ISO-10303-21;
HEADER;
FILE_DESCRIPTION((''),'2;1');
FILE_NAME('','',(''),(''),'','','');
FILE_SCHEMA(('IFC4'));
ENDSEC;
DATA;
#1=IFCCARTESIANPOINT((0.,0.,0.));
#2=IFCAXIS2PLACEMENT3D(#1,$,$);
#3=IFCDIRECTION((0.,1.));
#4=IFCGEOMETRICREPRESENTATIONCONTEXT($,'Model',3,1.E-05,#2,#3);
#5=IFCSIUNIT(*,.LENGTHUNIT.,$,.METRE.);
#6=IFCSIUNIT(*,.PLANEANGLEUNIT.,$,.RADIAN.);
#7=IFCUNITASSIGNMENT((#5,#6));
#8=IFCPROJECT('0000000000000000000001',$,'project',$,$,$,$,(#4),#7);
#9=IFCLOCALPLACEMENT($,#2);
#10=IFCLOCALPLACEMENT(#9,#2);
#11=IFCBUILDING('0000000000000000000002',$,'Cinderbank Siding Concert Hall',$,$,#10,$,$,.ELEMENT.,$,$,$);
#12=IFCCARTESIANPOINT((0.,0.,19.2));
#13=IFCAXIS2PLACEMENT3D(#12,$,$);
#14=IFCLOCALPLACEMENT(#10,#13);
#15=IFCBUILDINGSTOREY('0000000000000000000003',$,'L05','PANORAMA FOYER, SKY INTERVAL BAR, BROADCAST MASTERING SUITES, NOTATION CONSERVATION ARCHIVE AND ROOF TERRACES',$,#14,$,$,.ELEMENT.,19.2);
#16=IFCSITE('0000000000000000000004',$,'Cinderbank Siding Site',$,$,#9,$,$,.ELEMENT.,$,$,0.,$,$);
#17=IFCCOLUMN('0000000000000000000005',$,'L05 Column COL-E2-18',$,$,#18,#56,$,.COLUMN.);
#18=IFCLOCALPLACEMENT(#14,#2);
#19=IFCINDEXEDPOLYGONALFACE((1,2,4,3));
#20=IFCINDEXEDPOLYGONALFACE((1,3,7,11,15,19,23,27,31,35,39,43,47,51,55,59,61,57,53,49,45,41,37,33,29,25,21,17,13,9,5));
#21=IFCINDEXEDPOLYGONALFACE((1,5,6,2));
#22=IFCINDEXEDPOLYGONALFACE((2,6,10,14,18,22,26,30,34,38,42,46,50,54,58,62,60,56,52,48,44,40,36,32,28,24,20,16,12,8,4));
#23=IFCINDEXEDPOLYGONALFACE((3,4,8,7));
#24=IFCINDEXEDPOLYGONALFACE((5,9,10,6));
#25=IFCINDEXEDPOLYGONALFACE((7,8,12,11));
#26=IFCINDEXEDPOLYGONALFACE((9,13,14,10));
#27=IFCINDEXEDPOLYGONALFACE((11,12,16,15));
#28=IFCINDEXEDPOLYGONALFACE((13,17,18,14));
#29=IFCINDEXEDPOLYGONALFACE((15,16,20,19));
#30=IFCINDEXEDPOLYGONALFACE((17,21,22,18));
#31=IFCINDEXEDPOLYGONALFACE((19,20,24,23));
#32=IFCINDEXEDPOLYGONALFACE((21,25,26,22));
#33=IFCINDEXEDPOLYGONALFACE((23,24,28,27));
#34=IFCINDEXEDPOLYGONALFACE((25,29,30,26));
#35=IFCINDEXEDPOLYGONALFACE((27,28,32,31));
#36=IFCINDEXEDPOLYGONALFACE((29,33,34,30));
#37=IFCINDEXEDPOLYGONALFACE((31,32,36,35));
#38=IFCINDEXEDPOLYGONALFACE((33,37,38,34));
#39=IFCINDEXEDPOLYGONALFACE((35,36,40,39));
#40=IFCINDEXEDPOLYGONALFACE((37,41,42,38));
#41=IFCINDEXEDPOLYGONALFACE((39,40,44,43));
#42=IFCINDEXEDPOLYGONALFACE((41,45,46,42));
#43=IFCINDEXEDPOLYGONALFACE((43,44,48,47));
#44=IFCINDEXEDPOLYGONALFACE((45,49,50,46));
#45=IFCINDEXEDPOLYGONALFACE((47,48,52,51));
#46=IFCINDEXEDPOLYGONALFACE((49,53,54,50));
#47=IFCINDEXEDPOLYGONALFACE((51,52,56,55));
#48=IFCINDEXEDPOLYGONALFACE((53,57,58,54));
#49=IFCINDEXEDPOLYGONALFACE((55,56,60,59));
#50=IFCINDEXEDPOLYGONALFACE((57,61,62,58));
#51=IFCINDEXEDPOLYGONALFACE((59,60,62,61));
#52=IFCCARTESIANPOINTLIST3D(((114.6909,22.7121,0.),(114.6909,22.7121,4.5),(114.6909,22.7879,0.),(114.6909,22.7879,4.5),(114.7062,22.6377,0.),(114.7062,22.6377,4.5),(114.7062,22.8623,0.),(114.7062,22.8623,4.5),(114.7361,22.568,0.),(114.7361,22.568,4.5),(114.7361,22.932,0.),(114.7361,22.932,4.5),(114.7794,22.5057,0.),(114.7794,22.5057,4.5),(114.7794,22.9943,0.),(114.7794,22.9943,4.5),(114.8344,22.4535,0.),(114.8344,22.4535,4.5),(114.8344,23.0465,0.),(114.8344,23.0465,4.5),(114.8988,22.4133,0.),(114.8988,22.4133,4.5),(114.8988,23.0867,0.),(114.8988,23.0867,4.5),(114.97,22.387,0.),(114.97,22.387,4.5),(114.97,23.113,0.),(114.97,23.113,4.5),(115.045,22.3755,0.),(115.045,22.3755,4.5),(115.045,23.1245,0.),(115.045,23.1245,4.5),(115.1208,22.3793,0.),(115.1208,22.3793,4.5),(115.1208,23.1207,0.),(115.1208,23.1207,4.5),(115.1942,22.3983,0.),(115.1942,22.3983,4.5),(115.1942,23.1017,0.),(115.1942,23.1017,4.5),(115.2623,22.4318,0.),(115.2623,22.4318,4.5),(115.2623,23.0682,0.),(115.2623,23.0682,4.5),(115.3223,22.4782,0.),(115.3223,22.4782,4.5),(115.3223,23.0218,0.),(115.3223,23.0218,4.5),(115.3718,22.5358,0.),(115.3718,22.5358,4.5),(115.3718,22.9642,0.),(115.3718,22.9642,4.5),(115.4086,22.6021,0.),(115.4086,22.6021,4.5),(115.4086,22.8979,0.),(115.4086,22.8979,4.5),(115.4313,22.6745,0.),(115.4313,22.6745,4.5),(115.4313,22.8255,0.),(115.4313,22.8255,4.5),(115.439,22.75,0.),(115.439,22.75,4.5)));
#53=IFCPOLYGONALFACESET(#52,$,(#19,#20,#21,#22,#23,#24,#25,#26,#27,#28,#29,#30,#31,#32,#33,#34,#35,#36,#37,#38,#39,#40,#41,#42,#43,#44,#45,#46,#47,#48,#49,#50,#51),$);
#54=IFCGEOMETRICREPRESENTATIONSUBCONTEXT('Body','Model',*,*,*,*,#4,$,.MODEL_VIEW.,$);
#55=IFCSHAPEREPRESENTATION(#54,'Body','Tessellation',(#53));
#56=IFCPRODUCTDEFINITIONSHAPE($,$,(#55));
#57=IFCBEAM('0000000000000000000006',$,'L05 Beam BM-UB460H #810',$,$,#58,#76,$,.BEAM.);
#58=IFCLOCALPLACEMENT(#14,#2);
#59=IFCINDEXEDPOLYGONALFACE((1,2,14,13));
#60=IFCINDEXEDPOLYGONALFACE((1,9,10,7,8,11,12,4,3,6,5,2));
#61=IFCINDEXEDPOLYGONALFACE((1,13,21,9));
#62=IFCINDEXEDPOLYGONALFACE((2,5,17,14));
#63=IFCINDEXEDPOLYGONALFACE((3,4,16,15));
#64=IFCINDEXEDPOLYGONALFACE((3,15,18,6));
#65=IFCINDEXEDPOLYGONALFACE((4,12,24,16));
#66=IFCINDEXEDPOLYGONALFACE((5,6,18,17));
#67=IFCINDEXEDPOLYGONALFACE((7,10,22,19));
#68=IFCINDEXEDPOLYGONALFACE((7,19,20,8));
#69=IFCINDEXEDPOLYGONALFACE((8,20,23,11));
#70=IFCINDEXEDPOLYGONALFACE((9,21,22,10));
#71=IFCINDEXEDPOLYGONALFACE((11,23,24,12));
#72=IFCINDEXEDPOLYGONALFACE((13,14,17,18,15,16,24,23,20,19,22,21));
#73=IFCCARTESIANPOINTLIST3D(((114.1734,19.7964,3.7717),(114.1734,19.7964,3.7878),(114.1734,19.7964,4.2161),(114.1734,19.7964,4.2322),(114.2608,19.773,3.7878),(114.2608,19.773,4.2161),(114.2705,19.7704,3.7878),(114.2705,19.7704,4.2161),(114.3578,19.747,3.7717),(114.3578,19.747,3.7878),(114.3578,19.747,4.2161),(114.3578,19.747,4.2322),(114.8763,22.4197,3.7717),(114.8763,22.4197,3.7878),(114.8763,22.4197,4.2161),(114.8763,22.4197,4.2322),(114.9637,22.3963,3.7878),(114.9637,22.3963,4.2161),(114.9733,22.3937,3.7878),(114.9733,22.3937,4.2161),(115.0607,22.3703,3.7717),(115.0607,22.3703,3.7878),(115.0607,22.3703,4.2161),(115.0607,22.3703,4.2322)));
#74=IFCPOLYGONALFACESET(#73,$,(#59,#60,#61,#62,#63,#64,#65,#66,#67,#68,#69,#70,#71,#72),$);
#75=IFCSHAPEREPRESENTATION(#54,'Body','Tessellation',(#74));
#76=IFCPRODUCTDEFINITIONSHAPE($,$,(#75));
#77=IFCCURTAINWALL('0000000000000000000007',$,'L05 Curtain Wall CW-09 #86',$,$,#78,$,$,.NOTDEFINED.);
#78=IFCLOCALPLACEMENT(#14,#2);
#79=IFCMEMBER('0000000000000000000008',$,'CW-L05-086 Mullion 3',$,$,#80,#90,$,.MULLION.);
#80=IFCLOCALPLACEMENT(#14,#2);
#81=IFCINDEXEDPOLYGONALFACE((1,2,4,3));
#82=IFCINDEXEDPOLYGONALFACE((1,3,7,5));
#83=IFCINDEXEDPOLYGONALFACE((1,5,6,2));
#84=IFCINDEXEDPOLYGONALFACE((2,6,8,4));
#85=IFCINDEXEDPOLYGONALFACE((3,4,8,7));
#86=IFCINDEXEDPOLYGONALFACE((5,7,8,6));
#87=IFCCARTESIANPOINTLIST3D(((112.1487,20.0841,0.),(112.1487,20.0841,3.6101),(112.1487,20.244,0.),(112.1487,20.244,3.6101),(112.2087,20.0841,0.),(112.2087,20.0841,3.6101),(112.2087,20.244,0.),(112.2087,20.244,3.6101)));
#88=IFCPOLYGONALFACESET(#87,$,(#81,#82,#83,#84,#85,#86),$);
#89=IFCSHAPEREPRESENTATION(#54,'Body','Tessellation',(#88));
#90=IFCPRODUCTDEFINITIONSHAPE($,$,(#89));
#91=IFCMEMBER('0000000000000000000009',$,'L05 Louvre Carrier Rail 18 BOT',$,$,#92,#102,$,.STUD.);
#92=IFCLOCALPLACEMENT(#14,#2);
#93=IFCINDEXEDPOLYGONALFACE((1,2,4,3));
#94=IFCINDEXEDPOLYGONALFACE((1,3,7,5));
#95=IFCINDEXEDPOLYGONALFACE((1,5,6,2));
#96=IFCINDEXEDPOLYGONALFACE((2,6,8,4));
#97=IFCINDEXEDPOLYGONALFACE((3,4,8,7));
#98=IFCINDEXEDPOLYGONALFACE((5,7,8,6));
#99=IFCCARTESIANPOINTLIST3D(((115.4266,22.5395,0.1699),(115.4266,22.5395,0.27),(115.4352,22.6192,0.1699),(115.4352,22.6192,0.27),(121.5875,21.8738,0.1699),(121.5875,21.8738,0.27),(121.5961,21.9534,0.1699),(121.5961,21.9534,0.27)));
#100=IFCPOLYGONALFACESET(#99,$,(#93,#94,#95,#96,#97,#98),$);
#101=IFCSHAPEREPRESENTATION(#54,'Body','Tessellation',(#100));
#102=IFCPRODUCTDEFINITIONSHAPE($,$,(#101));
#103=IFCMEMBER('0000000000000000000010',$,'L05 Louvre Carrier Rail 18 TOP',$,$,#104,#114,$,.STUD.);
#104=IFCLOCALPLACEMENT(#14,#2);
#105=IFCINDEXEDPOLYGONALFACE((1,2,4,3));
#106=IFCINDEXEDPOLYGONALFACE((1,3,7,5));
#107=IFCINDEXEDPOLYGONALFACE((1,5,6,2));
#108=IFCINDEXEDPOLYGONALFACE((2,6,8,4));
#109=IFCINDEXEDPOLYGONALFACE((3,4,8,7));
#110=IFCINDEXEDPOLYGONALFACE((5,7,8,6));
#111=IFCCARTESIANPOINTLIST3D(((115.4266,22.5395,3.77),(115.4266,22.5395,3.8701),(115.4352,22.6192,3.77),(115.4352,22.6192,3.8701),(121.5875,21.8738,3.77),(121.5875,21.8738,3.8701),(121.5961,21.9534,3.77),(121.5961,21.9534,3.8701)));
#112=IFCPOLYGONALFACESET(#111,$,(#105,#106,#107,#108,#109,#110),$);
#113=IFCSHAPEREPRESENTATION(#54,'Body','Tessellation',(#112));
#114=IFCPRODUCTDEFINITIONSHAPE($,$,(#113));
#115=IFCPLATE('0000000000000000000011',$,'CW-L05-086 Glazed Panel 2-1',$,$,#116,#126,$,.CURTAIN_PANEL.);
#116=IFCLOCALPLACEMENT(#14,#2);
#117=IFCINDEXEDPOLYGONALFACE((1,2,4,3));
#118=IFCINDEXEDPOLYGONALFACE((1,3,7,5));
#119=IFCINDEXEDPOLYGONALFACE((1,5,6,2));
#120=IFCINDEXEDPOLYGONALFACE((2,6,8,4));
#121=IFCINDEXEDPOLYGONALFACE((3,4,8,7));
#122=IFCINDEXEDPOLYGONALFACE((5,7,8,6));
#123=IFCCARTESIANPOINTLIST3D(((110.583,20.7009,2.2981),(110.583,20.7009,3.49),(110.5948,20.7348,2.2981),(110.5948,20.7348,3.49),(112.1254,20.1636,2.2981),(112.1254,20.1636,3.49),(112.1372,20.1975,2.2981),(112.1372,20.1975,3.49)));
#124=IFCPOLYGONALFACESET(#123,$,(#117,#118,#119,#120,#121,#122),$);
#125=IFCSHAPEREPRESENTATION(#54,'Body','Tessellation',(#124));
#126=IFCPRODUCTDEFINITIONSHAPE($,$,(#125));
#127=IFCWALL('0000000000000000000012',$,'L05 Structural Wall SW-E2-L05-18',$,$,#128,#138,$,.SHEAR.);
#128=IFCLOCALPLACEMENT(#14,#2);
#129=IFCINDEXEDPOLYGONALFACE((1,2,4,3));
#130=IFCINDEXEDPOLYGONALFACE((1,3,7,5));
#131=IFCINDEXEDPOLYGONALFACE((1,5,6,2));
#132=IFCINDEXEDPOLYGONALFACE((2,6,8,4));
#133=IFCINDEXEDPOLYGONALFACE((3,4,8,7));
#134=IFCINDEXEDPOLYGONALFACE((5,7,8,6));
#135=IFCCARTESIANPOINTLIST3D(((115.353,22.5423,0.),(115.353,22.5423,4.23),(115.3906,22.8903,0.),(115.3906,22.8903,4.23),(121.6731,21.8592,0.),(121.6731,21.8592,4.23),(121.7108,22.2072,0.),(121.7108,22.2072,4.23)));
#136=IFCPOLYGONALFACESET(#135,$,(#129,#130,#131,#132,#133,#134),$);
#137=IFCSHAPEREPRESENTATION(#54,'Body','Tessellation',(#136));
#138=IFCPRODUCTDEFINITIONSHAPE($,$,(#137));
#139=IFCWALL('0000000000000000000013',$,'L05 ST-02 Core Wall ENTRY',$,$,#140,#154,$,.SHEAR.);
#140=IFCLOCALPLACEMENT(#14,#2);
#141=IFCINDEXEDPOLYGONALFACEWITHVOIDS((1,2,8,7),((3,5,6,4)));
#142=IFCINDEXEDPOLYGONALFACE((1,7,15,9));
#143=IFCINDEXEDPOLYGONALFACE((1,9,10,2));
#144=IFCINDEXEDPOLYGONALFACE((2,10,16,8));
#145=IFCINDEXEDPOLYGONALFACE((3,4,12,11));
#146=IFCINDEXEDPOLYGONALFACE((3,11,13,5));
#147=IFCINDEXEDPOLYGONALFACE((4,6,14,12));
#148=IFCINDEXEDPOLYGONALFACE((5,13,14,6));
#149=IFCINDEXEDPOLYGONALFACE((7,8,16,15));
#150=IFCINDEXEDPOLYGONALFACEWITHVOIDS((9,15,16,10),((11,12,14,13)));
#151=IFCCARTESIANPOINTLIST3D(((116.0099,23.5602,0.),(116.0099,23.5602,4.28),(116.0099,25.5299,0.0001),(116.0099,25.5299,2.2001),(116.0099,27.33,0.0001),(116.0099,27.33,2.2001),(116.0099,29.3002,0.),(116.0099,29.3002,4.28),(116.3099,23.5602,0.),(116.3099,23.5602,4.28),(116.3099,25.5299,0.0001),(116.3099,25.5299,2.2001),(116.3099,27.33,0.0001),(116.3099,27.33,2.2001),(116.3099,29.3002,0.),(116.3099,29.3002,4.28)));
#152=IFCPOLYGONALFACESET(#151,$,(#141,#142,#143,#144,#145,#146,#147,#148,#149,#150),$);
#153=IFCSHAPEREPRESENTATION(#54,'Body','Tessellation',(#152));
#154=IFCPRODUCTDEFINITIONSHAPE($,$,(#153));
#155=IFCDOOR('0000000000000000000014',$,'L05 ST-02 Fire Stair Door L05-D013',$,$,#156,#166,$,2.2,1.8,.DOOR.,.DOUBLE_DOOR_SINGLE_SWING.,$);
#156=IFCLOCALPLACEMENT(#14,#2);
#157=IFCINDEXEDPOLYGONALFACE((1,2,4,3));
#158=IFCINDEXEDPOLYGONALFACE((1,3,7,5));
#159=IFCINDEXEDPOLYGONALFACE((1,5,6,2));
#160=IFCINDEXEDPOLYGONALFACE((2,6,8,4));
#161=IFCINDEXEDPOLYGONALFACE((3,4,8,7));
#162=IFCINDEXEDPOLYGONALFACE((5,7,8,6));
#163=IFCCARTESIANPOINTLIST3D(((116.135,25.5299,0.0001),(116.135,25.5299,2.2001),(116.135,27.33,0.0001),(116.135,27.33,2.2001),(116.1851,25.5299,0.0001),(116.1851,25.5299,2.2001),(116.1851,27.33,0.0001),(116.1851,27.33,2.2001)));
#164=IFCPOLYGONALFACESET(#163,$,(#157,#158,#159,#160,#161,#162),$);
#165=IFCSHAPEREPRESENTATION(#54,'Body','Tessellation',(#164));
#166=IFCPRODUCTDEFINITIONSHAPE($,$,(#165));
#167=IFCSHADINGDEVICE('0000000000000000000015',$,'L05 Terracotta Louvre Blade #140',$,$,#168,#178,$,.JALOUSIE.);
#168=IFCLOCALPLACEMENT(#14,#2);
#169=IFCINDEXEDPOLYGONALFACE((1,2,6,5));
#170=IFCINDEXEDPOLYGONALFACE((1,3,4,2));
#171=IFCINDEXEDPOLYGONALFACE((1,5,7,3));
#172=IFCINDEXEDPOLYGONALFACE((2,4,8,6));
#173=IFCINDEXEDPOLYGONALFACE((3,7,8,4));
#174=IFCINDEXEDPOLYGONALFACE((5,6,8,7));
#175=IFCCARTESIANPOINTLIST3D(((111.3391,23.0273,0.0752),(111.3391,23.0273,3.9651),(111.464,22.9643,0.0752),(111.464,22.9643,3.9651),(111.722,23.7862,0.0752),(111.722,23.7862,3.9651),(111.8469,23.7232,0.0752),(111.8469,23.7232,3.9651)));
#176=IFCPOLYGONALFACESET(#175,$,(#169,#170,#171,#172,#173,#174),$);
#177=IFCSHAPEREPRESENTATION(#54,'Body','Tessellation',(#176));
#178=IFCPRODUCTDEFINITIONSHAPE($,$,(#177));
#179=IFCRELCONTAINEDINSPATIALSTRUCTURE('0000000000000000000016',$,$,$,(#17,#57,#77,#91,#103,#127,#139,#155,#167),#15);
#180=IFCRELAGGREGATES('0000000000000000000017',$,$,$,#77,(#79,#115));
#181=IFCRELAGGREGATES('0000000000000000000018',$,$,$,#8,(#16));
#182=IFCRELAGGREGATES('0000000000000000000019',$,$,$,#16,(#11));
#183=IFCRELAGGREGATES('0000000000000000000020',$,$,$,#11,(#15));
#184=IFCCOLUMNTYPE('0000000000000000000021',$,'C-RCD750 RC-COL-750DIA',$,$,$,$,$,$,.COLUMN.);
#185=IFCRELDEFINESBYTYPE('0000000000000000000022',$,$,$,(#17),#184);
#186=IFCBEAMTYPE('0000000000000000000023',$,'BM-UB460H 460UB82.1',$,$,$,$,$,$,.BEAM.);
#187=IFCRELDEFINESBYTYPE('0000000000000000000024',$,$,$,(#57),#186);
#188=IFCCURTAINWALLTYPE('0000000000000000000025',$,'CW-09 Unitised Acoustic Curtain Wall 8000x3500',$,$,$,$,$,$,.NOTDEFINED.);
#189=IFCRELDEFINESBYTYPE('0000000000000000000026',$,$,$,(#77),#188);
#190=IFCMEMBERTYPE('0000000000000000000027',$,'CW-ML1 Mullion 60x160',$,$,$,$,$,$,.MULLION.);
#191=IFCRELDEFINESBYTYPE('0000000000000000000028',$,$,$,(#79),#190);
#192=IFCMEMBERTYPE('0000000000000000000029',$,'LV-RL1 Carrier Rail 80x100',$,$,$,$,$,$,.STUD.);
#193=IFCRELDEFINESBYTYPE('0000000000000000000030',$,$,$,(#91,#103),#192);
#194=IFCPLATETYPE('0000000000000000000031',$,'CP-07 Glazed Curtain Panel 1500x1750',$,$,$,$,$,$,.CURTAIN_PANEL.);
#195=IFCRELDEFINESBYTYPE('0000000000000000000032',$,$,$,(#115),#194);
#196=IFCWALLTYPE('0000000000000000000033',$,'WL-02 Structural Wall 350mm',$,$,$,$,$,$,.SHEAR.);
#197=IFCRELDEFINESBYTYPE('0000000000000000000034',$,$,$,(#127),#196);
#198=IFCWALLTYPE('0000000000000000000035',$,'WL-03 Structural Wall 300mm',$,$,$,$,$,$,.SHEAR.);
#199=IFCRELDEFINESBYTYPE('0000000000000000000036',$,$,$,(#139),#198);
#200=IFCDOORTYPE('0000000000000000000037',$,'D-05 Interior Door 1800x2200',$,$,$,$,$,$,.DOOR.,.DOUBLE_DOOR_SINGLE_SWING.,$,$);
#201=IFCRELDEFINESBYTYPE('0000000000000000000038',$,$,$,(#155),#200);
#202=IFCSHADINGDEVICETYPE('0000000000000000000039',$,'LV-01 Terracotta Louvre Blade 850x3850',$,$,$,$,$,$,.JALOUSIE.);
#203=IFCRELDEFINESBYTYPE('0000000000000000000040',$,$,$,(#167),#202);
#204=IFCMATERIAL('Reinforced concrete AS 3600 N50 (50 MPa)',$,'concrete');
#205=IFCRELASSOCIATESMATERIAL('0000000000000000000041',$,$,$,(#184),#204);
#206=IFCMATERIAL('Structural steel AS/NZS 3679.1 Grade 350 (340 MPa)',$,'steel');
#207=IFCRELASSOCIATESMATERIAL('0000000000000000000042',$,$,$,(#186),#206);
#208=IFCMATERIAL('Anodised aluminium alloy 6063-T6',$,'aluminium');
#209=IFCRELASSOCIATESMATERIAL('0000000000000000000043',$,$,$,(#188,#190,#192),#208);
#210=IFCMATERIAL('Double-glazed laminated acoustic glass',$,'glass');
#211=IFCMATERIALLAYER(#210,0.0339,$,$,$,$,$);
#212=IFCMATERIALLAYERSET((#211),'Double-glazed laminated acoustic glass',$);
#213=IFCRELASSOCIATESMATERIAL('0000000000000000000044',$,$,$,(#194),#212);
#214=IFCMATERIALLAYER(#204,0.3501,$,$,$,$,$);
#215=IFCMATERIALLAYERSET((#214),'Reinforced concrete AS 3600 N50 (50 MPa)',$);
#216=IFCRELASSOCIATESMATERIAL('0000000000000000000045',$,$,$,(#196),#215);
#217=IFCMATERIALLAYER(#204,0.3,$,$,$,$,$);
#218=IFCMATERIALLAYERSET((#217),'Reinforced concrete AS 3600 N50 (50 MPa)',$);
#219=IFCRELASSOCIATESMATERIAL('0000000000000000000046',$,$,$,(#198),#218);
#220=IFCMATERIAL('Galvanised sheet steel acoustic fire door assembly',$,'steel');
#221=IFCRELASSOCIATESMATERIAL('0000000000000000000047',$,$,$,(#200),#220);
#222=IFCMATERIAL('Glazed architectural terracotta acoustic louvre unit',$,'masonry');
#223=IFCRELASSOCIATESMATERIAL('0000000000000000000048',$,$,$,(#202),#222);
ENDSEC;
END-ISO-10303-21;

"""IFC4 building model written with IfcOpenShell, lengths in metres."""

from ifc_helpers import new_model, si_unit, direction, frame, frame_2d, origin, origin_2d, place, context, subcontext, project, spatial, rectangle, circle, i_section, extrude, material, layer, layer_set, material_profile, profile_set, type_object, element, fill, aggregate, save


model = new_model("IFC4")

# Units and contexts
model_context = context("Model", 3, precision=1e-05, world=origin(), true_north=direction((0.0, 1.0)))
body_context = subcontext(model_context, "Body", "Model", "MODEL_VIEW")
ifc_project = project(units=[si_unit("LENGTHUNIT", "METRE"), si_unit("PLANEANGLEUNIT", "RADIAN")], contexts=[model_context])

# Site, building, storey
site_placement = place(None, origin())
site = spatial("IfcSite", under=ifc_project, at=site_placement, Name="Cinderbank Siding Site", CompositionType="ELEMENT", RefElevation=0.0)
building_placement = place(site_placement, origin())
building = spatial("IfcBuilding", under=site, at=building_placement, Name="Cinderbank Siding Concert Hall", CompositionType="ELEMENT")
storey_placement = place(building_placement, frame((0.0, 0.0, 19.2)))
storey = spatial("IfcBuildingStorey", under=building, at=storey_placement, Name="L05", Description="PANORAMA FOYER, SKY INTERVAL BAR, BROADCAST MASTERING SUITES, NOTATION CONSERVATION ARCHIVE AND ROOF TERRACES", CompositionType="ELEMENT", Elevation=19.2)

# Column
ifc_material_1 = material(Name="Reinforced concrete AS 3600 N50 (50 MPa)", Category="concrete")
ifc_material_profile_1 = material_profile(ifc_material_1, circle(Radius=0.375, at=origin_2d()), Name="RC-COL-750DIA", Category="LoadBearing")
ifc_profile_set_1 = profile_set([ifc_material_profile_1], Name="Reinforced concrete AS 3600 N50 (50 MPa)")
column_type = type_object("IfcColumnType", Name="C-RCD750 RC-COL-750DIA", PredefinedType="COLUMN", material=ifc_profile_set_1)
column_placement = place(storey_placement, frame((115.064, 22.75, 0.0), z_axis=(0.0, 0.0, 1.0), x_axis=(1.0, 0.0, 0.0)))
element("IfcColumn", 1, at=column_placement, inside=storey, type_object=column_type, Name="L05 Column COL-E2-18", PredefinedType="COLUMN", context=body_context, shape_type="SweptSolid", body=[
    extrude(circle(Radius=0.375, at=origin_2d()), origin(), (0.0, 0.0, 1.0), 4.5),
])

# Beam
ifc_material_2 = material(Name="Structural steel AS/NZS 3679.1 Grade 350 (340 MPa)", Category="steel")
ifc_material_profile_2 = material_profile(ifc_material_2, i_section(OverallWidth=0.1909, OverallDepth=0.4604, WebThickness=0.01, FlangeThickness=0.0161, at=origin_2d()), Name="460UB82.1", Category="LoadBearing")
ifc_profile_set_2 = profile_set([ifc_material_profile_2], Name="Structural steel AS/NZS 3679.1 Grade 350 (340 MPa)")
beam_type = type_object("IfcBeamType", Name="BM-UB460H 460UB82.1", PredefinedType="BEAM", material=ifc_profile_set_2)
beam_placement = place(storey_placement, frame((114.9685, 22.395, 4.002), z_axis=(-0.258809, -0.965928, 0.0), x_axis=(0.965928, -0.258809, 0.0)))
element("IfcBeam", 2, at=beam_placement, inside=storey, type_object=beam_type, Name="L05 Beam BM-UB460H #810", PredefinedType="BEAM", context=body_context, shape_type="SweptSolid", body=[
    extrude(i_section(OverallWidth=0.1909, OverallDepth=0.4604, WebThickness=0.01, FlangeThickness=0.0161, at=origin_2d()), origin(), (0.0, 0.0, 1.0), 2.7158),
])

# Curtain wall, member
ifc_material_3 = material(Name="Anodised aluminium alloy 6063-T6", Category="aluminium")
curtain_wall_type = type_object("IfcCurtainWallType", Name="CW-09 Unitised Acoustic Curtain Wall 8000x3500", PredefinedType="NOTDEFINED", material=ifc_material_3)
curtain_wall_placement = place(storey_placement, origin())
curtain_wall = element("IfcCurtainWall", 3, at=curtain_wall_placement, inside=storey, type_object=curtain_wall_type, Name="L05 Curtain Wall CW-09 #86", PredefinedType="NOTDEFINED")
ifc_material_profile_3 = material_profile(ifc_material_3, rectangle(XDim=0.0601, YDim=0.1599, at=origin_2d()), Name="ALU-MULL-60x160", Category="LoadBearing")
ifc_profile_set_3 = profile_set([ifc_material_profile_3], Name="Anodised aluminium alloy 6063-T6")
member_type_1 = type_object("IfcMemberType", Name="CW-ML1 Mullion 60x160", PredefinedType="MULLION", material=ifc_profile_set_3)
member_placement = place(storey_placement, frame((112.1787, 20.1641, 0.0), z_axis=(0.0, 0.0, 1.0), x_axis=(1.0, 0.0, 0.0)))
member = element("IfcMember", 4, at=member_placement, type_object=member_type_1, Name="CW-L05-086 Mullion 3", PredefinedType="MULLION", context=body_context, shape_type="SweptSolid", body=[
    extrude(rectangle(XDim=0.0601, YDim=0.1599, at=origin_2d()), origin(), (0.0, 0.0, 1.0), 3.6101),
])

# Members
ifc_material_profile_4 = material_profile(ifc_material_3, rectangle(XDim=0.0801, YDim=0.1001, at=origin_2d()), Name="ALU-RAIL-80x100", Category="LoadBearing")
ifc_profile_set_4 = profile_set([ifc_material_profile_4], Name="Anodised aluminium alloy 6063-T6")
member_type_2 = type_object("IfcMemberType", Name="LV-RL1 Carrier Rail 80x100", PredefinedType="STUD", material=ifc_profile_set_4)
for number, where, z_axis, x_axis, name in (
    (5, (115.4309, 22.5793, 0.22), (0.994212, -0.107439, 0.0), (0.107439, 0.994212, 0.0), "L05 Louvre Carrier Rail 18 BOT"),
    (6, (115.4309, 22.5793, 3.8201), (0.994212, -0.107439, 0.0), (0.107439, 0.994212, 0.0), "L05 Louvre Carrier Rail 18 TOP"),
):
    element("IfcMember", number, at=place(storey_placement, frame(where, z_axis=z_axis, x_axis=x_axis)), inside=storey, type_object=member_type_2, Name=name, PredefinedType="STUD", context=body_context, shape_type="SweptSolid", body=[
        extrude(rectangle(XDim=0.0801, YDim=0.1001, at=origin_2d()), origin(), (0.0, 0.0, 1.0), 6.1968),
    ])

# Plate
ifc_material_4 = material(Name="Double-glazed laminated acoustic glass", Category="glass")
ifc_layer_1 = layer(ifc_material_4, 0.0339)
ifc_layer_set_1 = layer_set([ifc_layer_1], Name="Double-glazed laminated acoustic glass")
plate_type = type_object("IfcPlateType", Name="CP-07 Glazed Curtain Panel 1500x1750", PredefinedType="CURTAIN_PANEL", material=ifc_layer_set_1)
plate_placement = place(storey_placement, frame((111.3601, 20.4492, 2.2981), z_axis=(0.0, 0.0, 1.0), x_axis=(0.944334, -0.328988, 0.0)))
plate = element("IfcPlate", 7, at=plate_placement, type_object=plate_type, Name="CW-L05-086 Glazed Panel 2-1", PredefinedType="CURTAIN_PANEL", context=body_context, shape_type="SweptSolid", body=[
    extrude(rectangle(XDim=1.6333, YDim=0.0359, at=origin_2d()), origin(), (0.0, 0.0, 1.0), 1.1919),
])
aggregate(curtain_wall, [member, plate])

# Wall
ifc_layer_2 = layer(ifc_material_1, 0.3501)
ifc_layer_set_2 = layer_set([ifc_layer_2], Name="Reinforced concrete AS 3600 N50 (50 MPa)")
wall_type_1 = type_object("IfcWallType", Name="WL-02 Structural Wall 350mm", PredefinedType="SHEAR", material=ifc_layer_set_2)
wall_1_placement = place(storey_placement, frame((115.3718, 22.7163, 0.0), z_axis=(0.0, 0.0, 1.0), x_axis=(0.994209, -0.107459, 0.0)))
element("IfcWall", 8, at=wall_1_placement, inside=storey, type_object=wall_type_1, Name="L05 Structural Wall SW-E2-L05-18", PredefinedType="SHEAR", context=body_context, shape_type="SweptSolid", body=[
    extrude(rectangle(XDim=6.3569, YDim=0.3501, at=frame_2d((3.1785, 0.0))), origin(), (0.0, 0.0, 1.0), 4.23),
])

# Wall, opening, door
ifc_layer_3 = layer(ifc_material_1, 0.3)
ifc_layer_set_3 = layer_set([ifc_layer_3], Name="Reinforced concrete AS 3600 N50 (50 MPa)")
wall_type_2 = type_object("IfcWallType", Name="WL-03 Structural Wall 300mm", PredefinedType="SHEAR", material=ifc_layer_set_3)
wall_2_placement = place(storey_placement, frame((116.1599, 23.5601, 0.0), z_axis=(0.0, 0.0, 1.0), x_axis=(0.0, 1.0, 0.0)))
wall_2 = element("IfcWall", 9, at=wall_2_placement, inside=storey, type_object=wall_type_2, Name="L05 ST-02 Core Wall ENTRY", PredefinedType="SHEAR", context=body_context, shape_type="SweptSolid", body=[
    extrude(rectangle(XDim=5.74, YDim=0.3, at=frame_2d((2.8701, 0.0))), origin(), (0.0, 0.0, 1.0), 4.28),
])
opening_placement = place(wall_2_placement, frame((1.97, 0.0, 0.0)))
opening = element("IfcOpeningElement", 10, at=opening_placement, cuts=wall_2, PredefinedType="OPENING", context=body_context, shape_type="SweptSolid", body=[
    extrude(rectangle(XDim=1.8, YDim=2.2, at=frame_2d((0.8999, 1.1001))), frame((0.0, 0.1621, 0.0), z_axis=(0.0, -1.0, 0.0), x_axis=(1.0, 0.0, 0.0)), (0.0, 0.0, 1.0), 0.324),
])
ifc_material_5 = material(Name="Galvanised sheet steel acoustic fire door assembly", Category="steel")
door_type = type_object("IfcDoorType", Name="D-05 Interior Door 1800x2200", OperationType="DOUBLE_DOOR_SINGLE_SWING", PredefinedType="DOOR", material=ifc_material_5)
door_placement = place(opening_placement, origin())
door = element("IfcDoor", 11, at=door_placement, inside=storey, type_object=door_type, Name="L05 ST-02 Fire Stair Door L05-D013", OperationType="DOUBLE_DOOR_SINGLE_SWING", OverallHeight=2.2, OverallWidth=1.8, PredefinedType="DOOR", context=body_context, shape_type="SweptSolid", body=[
    extrude(rectangle(XDim=1.8, YDim=2.2, at=frame_2d((0.8999, 1.1001))), frame((0.0, 0.0249, 0.0), z_axis=(0.0, -1.0, 0.0), x_axis=(1.0, 0.0, 0.0)), (0.0, 0.0, 1.0), 0.05),
])
fill(opening, door)

# Shading device
ifc_material_6 = material(Name="Glazed architectural terracotta acoustic louvre unit", Category="masonry")
shading_device_type = type_object("IfcShadingDeviceType", Name="LV-01 Terracotta Louvre Blade 850x3850", PredefinedType="JALOUSIE", material=ifc_material_6)
for number, where, z_axis, x_axis, name in (
    (12, (111.593, 23.3752, 0.0752), (0.0, 0.0, 1.0), (-0.450487, -0.892783, 0.0), "L05 Terracotta Louvre Blade #140"),
):
    element("IfcShadingDevice", number, at=place(storey_placement, frame(where, z_axis=z_axis, x_axis=x_axis)), inside=storey, type_object=shading_device_type, Name=name, PredefinedType="JALOUSIE", context=body_context, shape_type="SweptSolid", body=[
        extrude(rectangle(XDim=0.8501, YDim=0.1399, at=origin_2d()), origin(), (0.0, 0.0, 1.0), 3.8899),
    ])

save(model, "model.ifc")
